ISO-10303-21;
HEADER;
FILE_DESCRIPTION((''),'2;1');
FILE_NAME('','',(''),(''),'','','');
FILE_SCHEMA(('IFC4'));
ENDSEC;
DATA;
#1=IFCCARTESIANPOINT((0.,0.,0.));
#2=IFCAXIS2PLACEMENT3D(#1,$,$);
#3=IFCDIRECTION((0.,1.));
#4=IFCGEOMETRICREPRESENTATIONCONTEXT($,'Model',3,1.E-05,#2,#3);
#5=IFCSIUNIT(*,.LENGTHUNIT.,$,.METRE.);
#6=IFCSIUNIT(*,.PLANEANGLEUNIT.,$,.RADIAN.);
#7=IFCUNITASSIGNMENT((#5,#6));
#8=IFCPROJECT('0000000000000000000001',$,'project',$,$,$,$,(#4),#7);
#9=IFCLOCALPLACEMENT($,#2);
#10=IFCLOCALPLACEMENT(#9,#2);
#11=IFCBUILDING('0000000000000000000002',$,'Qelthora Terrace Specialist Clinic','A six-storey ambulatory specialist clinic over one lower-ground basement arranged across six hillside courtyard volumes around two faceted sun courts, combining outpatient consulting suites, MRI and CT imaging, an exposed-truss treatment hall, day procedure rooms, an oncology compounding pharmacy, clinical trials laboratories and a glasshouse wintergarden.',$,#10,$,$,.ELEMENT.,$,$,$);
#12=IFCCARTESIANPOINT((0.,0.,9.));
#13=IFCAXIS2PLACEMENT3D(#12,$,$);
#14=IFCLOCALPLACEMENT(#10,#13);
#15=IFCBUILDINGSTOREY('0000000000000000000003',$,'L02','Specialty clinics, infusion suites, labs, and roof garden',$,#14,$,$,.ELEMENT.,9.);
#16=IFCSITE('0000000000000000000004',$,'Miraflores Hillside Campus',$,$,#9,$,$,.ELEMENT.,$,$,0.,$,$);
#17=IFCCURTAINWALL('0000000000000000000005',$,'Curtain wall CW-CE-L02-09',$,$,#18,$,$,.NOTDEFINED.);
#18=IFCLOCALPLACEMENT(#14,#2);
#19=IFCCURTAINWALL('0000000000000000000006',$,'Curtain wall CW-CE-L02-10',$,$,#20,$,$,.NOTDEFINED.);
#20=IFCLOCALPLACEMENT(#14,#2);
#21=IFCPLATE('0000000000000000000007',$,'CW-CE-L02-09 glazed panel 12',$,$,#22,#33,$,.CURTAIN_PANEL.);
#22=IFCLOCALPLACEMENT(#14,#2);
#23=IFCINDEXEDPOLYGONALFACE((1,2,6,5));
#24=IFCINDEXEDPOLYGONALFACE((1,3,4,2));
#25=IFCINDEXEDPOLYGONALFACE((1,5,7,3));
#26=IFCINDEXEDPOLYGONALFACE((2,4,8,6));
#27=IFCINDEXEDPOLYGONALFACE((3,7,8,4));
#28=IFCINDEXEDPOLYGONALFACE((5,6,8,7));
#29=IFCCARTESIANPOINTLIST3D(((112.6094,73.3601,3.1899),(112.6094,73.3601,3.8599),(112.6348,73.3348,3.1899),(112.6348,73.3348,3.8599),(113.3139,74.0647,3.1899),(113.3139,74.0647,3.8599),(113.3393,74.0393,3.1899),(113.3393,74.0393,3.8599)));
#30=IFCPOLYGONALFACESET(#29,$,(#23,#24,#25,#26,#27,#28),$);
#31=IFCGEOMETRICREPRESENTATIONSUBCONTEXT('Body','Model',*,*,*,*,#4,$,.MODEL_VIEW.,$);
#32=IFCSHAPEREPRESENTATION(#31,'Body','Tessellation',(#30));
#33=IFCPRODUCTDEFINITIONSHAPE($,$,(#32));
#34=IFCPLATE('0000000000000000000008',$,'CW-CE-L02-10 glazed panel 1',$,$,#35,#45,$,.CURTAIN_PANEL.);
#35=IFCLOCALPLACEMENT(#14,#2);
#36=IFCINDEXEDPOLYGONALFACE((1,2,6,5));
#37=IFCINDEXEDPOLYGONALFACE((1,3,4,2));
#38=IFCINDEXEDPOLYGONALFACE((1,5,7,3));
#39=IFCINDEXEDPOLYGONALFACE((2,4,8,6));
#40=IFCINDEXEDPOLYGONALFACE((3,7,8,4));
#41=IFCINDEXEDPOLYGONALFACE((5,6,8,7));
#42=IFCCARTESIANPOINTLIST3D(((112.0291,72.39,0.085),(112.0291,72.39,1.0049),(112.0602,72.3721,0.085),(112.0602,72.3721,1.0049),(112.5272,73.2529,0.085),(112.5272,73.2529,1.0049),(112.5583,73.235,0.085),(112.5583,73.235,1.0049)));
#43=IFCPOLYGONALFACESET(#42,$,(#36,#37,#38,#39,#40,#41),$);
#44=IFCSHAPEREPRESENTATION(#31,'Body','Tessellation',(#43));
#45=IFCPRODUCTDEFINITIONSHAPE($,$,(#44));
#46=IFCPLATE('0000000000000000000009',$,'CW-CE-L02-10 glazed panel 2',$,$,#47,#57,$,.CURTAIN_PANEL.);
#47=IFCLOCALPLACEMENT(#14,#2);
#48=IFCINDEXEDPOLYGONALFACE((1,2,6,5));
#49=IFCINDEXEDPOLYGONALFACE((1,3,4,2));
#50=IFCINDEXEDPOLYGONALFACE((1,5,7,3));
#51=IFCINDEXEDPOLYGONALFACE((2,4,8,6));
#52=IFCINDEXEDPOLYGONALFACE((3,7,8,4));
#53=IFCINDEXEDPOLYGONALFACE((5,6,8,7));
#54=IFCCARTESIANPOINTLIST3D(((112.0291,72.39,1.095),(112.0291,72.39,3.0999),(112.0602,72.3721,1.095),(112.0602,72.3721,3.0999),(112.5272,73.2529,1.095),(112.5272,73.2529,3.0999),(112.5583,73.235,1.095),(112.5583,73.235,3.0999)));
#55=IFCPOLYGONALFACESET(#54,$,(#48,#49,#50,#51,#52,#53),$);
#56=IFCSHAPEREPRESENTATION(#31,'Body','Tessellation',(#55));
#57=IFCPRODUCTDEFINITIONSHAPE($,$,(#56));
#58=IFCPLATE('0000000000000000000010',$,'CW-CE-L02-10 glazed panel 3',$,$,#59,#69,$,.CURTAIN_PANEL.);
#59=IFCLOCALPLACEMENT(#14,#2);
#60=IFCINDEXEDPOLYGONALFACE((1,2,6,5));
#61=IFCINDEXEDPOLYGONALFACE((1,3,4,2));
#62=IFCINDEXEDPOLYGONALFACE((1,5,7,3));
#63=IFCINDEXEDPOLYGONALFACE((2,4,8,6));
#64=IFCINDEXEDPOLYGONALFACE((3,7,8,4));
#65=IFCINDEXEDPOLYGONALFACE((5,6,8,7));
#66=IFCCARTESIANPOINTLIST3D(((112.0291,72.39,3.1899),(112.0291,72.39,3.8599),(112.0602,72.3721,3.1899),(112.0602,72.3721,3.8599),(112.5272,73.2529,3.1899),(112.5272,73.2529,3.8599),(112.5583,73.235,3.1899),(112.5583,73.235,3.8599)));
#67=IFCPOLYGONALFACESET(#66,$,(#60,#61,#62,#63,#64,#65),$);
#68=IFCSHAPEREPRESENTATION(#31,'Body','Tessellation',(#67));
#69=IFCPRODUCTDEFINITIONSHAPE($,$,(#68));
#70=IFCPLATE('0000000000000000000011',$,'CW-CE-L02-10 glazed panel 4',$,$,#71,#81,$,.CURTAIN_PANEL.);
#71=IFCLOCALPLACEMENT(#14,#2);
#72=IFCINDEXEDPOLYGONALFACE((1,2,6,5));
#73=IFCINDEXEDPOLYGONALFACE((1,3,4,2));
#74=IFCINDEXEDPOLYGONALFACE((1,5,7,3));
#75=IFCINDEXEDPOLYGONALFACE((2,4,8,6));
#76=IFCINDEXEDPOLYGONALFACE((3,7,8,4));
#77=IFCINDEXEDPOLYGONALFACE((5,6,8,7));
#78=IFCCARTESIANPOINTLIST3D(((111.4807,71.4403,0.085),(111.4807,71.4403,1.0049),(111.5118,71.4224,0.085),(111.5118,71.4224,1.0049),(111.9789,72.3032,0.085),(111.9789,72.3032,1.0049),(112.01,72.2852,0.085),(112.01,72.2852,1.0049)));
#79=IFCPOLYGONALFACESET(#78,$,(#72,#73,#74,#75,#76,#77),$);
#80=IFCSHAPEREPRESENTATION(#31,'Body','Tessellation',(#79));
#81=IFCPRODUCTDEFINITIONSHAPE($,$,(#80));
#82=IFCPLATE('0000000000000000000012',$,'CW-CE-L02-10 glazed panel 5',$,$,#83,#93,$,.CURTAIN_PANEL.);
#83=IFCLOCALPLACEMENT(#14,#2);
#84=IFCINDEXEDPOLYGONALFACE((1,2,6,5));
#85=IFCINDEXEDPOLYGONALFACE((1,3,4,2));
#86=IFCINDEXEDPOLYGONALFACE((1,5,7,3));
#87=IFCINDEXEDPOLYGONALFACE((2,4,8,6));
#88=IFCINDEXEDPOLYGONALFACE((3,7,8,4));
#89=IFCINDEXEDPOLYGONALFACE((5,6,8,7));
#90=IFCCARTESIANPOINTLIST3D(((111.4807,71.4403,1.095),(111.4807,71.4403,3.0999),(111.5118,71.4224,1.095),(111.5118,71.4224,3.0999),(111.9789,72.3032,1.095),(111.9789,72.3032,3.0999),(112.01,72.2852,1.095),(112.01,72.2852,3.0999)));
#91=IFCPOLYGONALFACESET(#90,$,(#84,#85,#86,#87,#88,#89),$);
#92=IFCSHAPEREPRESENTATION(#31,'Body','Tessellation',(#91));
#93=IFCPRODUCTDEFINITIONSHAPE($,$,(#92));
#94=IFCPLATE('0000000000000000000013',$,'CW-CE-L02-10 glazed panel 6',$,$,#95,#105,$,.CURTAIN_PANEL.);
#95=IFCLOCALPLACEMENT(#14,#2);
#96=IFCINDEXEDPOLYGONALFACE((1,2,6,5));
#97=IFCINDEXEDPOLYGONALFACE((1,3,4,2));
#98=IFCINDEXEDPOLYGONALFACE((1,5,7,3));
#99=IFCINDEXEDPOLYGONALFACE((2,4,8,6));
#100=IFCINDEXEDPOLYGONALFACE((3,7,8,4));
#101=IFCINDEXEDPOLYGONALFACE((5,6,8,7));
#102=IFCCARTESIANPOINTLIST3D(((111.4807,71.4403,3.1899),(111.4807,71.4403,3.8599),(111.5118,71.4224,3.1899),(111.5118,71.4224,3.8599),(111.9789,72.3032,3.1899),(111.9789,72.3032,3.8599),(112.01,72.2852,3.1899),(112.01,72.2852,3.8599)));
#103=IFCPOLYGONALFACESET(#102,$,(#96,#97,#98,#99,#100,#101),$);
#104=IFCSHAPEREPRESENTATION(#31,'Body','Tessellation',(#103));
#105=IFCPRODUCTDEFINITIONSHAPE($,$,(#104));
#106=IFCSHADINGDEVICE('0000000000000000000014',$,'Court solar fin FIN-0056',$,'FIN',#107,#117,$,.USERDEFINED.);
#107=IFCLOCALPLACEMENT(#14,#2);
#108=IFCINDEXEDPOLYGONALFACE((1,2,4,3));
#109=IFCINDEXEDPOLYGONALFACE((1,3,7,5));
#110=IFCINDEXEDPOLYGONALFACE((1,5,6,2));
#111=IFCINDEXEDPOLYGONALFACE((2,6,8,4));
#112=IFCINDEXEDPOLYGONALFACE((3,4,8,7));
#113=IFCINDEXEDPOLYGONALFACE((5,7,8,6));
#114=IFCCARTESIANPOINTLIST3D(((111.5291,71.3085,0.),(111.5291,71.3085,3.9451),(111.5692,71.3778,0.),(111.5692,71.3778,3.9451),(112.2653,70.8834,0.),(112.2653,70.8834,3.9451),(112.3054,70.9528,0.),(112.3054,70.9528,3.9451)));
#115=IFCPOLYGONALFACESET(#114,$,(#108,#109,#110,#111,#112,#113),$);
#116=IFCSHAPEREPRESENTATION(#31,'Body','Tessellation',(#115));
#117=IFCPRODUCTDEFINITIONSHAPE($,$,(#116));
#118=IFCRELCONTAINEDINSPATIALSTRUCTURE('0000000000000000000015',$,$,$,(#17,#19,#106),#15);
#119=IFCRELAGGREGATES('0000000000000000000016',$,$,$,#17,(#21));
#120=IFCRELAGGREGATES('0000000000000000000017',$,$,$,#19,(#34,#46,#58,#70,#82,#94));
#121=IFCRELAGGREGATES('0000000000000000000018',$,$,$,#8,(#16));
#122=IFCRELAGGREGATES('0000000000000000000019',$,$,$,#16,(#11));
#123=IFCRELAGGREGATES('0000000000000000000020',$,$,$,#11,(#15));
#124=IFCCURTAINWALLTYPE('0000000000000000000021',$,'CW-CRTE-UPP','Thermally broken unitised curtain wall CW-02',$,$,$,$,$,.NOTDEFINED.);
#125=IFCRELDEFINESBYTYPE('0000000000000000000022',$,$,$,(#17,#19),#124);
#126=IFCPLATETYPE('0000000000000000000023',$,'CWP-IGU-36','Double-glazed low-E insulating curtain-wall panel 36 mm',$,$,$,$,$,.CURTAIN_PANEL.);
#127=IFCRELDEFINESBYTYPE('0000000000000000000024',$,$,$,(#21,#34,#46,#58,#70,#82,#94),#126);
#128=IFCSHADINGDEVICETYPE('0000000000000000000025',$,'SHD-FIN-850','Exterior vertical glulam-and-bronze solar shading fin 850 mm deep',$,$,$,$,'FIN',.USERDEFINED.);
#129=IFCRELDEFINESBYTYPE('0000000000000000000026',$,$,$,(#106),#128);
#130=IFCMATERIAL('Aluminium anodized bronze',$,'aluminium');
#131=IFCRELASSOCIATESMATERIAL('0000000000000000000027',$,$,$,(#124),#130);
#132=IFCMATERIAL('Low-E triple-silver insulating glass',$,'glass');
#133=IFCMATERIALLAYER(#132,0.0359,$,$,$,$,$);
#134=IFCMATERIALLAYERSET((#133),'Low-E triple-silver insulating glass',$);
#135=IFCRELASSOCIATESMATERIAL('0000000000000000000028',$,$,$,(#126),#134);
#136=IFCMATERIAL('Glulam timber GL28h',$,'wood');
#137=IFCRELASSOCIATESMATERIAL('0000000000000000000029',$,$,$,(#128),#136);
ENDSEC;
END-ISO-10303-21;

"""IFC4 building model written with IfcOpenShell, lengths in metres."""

from ifc_helpers import new_model, si_unit, direction, frame, origin, origin_2d, place, context, subcontext, project, spatial, rectangle, extrude, material, layer, layer_set, type_object, element, aggregate, save


model = new_model("IFC4")

# Units and contexts
model_context = context("Model", 3, precision=1e-05, world=origin(), true_north=direction((0.0, 1.0)))
body_context = subcontext(model_context, "Body", "Model", "MODEL_VIEW")
ifc_project = project(units=[si_unit("LENGTHUNIT", "METRE"), si_unit("PLANEANGLEUNIT", "RADIAN")], contexts=[model_context])

# Site, building, storey
site_placement = place(None, origin())
site = spatial("IfcSite", under=ifc_project, at=site_placement, Name="Miraflores Hillside Campus", CompositionType="ELEMENT", RefElevation=0.0)
building_placement = place(site_placement, origin())
building = spatial("IfcBuilding", under=site, at=building_placement, Name="Qelthora Terrace Specialist Clinic", Description="A six-storey ambulatory specialist clinic over one lower-ground basement arranged across six hillside courtyard volumes around two faceted sun courts, combining outpatient consulting suites, MRI and CT imaging, an exposed-truss treatment hall, day procedure rooms, an oncology compounding pharmacy, clinical trials laboratories and a glasshouse wintergarden.", CompositionType="ELEMENT")
storey_placement = place(building_placement, frame((0.0, 0.0, 9.0)))
storey = spatial("IfcBuildingStorey", under=building, at=storey_placement, Name="L02", Description="Specialty clinics, infusion suites, labs, and roof garden", CompositionType="ELEMENT", Elevation=9.0)

# Curtain walls
ifc_material_1 = material(Name="Aluminium anodized bronze", Category="aluminium")
curtain_wall_type = type_object("IfcCurtainWallType", Name="CW-CRTE-UPP", Description="Thermally broken unitised curtain wall CW-02", PredefinedType="NOTDEFINED", material=ifc_material_1)
curtain_wall_1_placement = place(storey_placement, origin())
curtain_wall_1 = element("IfcCurtainWall", 1, at=curtain_wall_1_placement, inside=storey, type_object=curtain_wall_type, Name="Curtain wall CW-CE-L02-09", PredefinedType="NOTDEFINED")
curtain_wall_2_placement = place(storey_placement, origin())
curtain_wall_2 = element("IfcCurtainWall", 2, at=curtain_wall_2_placement, inside=storey, type_object=curtain_wall_type, Name="Curtain wall CW-CE-L02-10", PredefinedType="NOTDEFINED")

# Plates
ifc_material_2 = material(Name="Low-E triple-silver insulating glass", Category="glass")
ifc_layer = layer(ifc_material_2, 0.0359)
ifc_layer_set = layer_set([ifc_layer], Name="Low-E triple-silver insulating glass")
plate_type = type_object("IfcPlateType", Name="CWP-IGU-36", Description="Double-glazed low-E insulating curtain-wall panel 36 mm", PredefinedType="CURTAIN_PANEL", material=ifc_layer_set)
plate_1_placement = place(storey_placement, frame((112.9744, 73.6997, 3.1899), z_axis=(0.0, 0.0, 1.0), x_axis=(-0.707107, -0.707107, 0.0)))
plate_1 = element("IfcPlate", 3, at=plate_1_placement, type_object=plate_type, Name="CW-CE-L02-09 glazed panel 12", PredefinedType="CURTAIN_PANEL", context=body_context, shape_type="SweptSolid", body=[
    extrude(rectangle(XDim=0.9963, YDim=0.0359, at=origin_2d()), origin(), (0.0, 0.0, 1.0), 0.6699),
])
aggregate(curtain_wall_1, [plate_1])
plate_2_placement = place(storey_placement, frame((112.2937, 72.8125, 0.085), z_axis=(0.0, 0.0, 1.0), x_axis=(-0.5, -0.866025, 0.0)))
plate_2 = element("IfcPlate", 4, at=plate_2_placement, type_object=plate_type, Name="CW-CE-L02-10 glazed panel 1", PredefinedType="CURTAIN_PANEL", context=body_context, shape_type="SweptSolid", body=[
    extrude(rectangle(XDim=0.9963, YDim=0.0359, at=origin_2d()), origin(), (0.0, 0.0, 1.0), 0.9199),
])
plate_3_placement = place(storey_placement, frame((112.2937, 72.8125, 1.095), z_axis=(0.0, 0.0, 1.0), x_axis=(-0.5, -0.866025, 0.0)))
plate_3 = element("IfcPlate", 5, at=plate_3_placement, type_object=plate_type, Name="CW-CE-L02-10 glazed panel 2", PredefinedType="CURTAIN_PANEL", context=body_context, shape_type="SweptSolid", body=[
    extrude(rectangle(XDim=0.9963, YDim=0.0359, at=origin_2d()), origin(), (0.0, 0.0, 1.0), 2.0049),
])
plate_4_placement = place(storey_placement, frame((112.2937, 72.8125, 3.1899), z_axis=(0.0, 0.0, 1.0), x_axis=(-0.5, -0.866025, 0.0)))
plate_4 = element("IfcPlate", 6, at=plate_4_placement, type_object=plate_type, Name="CW-CE-L02-10 glazed panel 3", PredefinedType="CURTAIN_PANEL", context=body_context, shape_type="SweptSolid", body=[
    extrude(rectangle(XDim=0.9963, YDim=0.0359, at=origin_2d()), origin(), (0.0, 0.0, 1.0), 0.6699),
])
plate_5_placement = place(storey_placement, frame((111.7454, 71.8628, 0.085), z_axis=(0.0, 0.0, 1.0), x_axis=(-0.5, -0.866025, 0.0)))
plate_5 = element("IfcPlate", 7, at=plate_5_placement, type_object=plate_type, Name="CW-CE-L02-10 glazed panel 4", PredefinedType="CURTAIN_PANEL", context=body_context, shape_type="SweptSolid", body=[
    extrude(rectangle(XDim=0.9963, YDim=0.0359, at=origin_2d()), origin(), (0.0, 0.0, 1.0), 0.9199),
])
plate_6_placement = place(storey_placement, frame((111.7454, 71.8628, 1.095), z_axis=(0.0, 0.0, 1.0), x_axis=(-0.5, -0.866025, 0.0)))
plate_6 = element("IfcPlate", 8, at=plate_6_placement, type_object=plate_type, Name="CW-CE-L02-10 glazed panel 5", PredefinedType="CURTAIN_PANEL", context=body_context, shape_type="SweptSolid", body=[
    extrude(rectangle(XDim=0.9963, YDim=0.0359, at=origin_2d()), origin(), (0.0, 0.0, 1.0), 2.0049),
])
plate_7_placement = place(storey_placement, frame((111.7454, 71.8628, 3.1899), z_axis=(0.0, 0.0, 1.0), x_axis=(-0.5, -0.866025, 0.0)))
plate_7 = element("IfcPlate", 9, at=plate_7_placement, type_object=plate_type, Name="CW-CE-L02-10 glazed panel 6", PredefinedType="CURTAIN_PANEL", context=body_context, shape_type="SweptSolid", body=[
    extrude(rectangle(XDim=0.9963, YDim=0.0359, at=origin_2d()), origin(), (0.0, 0.0, 1.0), 0.6699),
])
aggregate(curtain_wall_2, [plate_2, plate_3, plate_4, plate_5, plate_6, plate_7])

# Shading device
ifc_material_3 = material(Name="Glulam timber GL28h", Category="wood")
shading_device_type = type_object("IfcShadingDeviceType", Name="SHD-FIN-850", Description="Exterior vertical glulam-and-bronze solar shading fin 850 mm deep", ElementType="FIN", PredefinedType="USERDEFINED", material=ifc_material_3)
shading_device_placement = place(storey_placement, frame((111.9172, 71.1306, 0.0), z_axis=(0.0, 0.0, 1.0), x_axis=(0.866025, -0.5, 0.0)))
element("IfcShadingDevice", 10, at=shading_device_placement, inside=storey, type_object=shading_device_type, Name="Court solar fin FIN-0056", ObjectType="FIN", PredefinedType="USERDEFINED", context=body_context, shape_type="SweptSolid", body=[
    extrude(rectangle(XDim=0.8501, YDim=0.0801, at=origin_2d()), origin(), (0.0, 0.0, 1.0), 3.9451),
])

save(model, "model.ifc")
